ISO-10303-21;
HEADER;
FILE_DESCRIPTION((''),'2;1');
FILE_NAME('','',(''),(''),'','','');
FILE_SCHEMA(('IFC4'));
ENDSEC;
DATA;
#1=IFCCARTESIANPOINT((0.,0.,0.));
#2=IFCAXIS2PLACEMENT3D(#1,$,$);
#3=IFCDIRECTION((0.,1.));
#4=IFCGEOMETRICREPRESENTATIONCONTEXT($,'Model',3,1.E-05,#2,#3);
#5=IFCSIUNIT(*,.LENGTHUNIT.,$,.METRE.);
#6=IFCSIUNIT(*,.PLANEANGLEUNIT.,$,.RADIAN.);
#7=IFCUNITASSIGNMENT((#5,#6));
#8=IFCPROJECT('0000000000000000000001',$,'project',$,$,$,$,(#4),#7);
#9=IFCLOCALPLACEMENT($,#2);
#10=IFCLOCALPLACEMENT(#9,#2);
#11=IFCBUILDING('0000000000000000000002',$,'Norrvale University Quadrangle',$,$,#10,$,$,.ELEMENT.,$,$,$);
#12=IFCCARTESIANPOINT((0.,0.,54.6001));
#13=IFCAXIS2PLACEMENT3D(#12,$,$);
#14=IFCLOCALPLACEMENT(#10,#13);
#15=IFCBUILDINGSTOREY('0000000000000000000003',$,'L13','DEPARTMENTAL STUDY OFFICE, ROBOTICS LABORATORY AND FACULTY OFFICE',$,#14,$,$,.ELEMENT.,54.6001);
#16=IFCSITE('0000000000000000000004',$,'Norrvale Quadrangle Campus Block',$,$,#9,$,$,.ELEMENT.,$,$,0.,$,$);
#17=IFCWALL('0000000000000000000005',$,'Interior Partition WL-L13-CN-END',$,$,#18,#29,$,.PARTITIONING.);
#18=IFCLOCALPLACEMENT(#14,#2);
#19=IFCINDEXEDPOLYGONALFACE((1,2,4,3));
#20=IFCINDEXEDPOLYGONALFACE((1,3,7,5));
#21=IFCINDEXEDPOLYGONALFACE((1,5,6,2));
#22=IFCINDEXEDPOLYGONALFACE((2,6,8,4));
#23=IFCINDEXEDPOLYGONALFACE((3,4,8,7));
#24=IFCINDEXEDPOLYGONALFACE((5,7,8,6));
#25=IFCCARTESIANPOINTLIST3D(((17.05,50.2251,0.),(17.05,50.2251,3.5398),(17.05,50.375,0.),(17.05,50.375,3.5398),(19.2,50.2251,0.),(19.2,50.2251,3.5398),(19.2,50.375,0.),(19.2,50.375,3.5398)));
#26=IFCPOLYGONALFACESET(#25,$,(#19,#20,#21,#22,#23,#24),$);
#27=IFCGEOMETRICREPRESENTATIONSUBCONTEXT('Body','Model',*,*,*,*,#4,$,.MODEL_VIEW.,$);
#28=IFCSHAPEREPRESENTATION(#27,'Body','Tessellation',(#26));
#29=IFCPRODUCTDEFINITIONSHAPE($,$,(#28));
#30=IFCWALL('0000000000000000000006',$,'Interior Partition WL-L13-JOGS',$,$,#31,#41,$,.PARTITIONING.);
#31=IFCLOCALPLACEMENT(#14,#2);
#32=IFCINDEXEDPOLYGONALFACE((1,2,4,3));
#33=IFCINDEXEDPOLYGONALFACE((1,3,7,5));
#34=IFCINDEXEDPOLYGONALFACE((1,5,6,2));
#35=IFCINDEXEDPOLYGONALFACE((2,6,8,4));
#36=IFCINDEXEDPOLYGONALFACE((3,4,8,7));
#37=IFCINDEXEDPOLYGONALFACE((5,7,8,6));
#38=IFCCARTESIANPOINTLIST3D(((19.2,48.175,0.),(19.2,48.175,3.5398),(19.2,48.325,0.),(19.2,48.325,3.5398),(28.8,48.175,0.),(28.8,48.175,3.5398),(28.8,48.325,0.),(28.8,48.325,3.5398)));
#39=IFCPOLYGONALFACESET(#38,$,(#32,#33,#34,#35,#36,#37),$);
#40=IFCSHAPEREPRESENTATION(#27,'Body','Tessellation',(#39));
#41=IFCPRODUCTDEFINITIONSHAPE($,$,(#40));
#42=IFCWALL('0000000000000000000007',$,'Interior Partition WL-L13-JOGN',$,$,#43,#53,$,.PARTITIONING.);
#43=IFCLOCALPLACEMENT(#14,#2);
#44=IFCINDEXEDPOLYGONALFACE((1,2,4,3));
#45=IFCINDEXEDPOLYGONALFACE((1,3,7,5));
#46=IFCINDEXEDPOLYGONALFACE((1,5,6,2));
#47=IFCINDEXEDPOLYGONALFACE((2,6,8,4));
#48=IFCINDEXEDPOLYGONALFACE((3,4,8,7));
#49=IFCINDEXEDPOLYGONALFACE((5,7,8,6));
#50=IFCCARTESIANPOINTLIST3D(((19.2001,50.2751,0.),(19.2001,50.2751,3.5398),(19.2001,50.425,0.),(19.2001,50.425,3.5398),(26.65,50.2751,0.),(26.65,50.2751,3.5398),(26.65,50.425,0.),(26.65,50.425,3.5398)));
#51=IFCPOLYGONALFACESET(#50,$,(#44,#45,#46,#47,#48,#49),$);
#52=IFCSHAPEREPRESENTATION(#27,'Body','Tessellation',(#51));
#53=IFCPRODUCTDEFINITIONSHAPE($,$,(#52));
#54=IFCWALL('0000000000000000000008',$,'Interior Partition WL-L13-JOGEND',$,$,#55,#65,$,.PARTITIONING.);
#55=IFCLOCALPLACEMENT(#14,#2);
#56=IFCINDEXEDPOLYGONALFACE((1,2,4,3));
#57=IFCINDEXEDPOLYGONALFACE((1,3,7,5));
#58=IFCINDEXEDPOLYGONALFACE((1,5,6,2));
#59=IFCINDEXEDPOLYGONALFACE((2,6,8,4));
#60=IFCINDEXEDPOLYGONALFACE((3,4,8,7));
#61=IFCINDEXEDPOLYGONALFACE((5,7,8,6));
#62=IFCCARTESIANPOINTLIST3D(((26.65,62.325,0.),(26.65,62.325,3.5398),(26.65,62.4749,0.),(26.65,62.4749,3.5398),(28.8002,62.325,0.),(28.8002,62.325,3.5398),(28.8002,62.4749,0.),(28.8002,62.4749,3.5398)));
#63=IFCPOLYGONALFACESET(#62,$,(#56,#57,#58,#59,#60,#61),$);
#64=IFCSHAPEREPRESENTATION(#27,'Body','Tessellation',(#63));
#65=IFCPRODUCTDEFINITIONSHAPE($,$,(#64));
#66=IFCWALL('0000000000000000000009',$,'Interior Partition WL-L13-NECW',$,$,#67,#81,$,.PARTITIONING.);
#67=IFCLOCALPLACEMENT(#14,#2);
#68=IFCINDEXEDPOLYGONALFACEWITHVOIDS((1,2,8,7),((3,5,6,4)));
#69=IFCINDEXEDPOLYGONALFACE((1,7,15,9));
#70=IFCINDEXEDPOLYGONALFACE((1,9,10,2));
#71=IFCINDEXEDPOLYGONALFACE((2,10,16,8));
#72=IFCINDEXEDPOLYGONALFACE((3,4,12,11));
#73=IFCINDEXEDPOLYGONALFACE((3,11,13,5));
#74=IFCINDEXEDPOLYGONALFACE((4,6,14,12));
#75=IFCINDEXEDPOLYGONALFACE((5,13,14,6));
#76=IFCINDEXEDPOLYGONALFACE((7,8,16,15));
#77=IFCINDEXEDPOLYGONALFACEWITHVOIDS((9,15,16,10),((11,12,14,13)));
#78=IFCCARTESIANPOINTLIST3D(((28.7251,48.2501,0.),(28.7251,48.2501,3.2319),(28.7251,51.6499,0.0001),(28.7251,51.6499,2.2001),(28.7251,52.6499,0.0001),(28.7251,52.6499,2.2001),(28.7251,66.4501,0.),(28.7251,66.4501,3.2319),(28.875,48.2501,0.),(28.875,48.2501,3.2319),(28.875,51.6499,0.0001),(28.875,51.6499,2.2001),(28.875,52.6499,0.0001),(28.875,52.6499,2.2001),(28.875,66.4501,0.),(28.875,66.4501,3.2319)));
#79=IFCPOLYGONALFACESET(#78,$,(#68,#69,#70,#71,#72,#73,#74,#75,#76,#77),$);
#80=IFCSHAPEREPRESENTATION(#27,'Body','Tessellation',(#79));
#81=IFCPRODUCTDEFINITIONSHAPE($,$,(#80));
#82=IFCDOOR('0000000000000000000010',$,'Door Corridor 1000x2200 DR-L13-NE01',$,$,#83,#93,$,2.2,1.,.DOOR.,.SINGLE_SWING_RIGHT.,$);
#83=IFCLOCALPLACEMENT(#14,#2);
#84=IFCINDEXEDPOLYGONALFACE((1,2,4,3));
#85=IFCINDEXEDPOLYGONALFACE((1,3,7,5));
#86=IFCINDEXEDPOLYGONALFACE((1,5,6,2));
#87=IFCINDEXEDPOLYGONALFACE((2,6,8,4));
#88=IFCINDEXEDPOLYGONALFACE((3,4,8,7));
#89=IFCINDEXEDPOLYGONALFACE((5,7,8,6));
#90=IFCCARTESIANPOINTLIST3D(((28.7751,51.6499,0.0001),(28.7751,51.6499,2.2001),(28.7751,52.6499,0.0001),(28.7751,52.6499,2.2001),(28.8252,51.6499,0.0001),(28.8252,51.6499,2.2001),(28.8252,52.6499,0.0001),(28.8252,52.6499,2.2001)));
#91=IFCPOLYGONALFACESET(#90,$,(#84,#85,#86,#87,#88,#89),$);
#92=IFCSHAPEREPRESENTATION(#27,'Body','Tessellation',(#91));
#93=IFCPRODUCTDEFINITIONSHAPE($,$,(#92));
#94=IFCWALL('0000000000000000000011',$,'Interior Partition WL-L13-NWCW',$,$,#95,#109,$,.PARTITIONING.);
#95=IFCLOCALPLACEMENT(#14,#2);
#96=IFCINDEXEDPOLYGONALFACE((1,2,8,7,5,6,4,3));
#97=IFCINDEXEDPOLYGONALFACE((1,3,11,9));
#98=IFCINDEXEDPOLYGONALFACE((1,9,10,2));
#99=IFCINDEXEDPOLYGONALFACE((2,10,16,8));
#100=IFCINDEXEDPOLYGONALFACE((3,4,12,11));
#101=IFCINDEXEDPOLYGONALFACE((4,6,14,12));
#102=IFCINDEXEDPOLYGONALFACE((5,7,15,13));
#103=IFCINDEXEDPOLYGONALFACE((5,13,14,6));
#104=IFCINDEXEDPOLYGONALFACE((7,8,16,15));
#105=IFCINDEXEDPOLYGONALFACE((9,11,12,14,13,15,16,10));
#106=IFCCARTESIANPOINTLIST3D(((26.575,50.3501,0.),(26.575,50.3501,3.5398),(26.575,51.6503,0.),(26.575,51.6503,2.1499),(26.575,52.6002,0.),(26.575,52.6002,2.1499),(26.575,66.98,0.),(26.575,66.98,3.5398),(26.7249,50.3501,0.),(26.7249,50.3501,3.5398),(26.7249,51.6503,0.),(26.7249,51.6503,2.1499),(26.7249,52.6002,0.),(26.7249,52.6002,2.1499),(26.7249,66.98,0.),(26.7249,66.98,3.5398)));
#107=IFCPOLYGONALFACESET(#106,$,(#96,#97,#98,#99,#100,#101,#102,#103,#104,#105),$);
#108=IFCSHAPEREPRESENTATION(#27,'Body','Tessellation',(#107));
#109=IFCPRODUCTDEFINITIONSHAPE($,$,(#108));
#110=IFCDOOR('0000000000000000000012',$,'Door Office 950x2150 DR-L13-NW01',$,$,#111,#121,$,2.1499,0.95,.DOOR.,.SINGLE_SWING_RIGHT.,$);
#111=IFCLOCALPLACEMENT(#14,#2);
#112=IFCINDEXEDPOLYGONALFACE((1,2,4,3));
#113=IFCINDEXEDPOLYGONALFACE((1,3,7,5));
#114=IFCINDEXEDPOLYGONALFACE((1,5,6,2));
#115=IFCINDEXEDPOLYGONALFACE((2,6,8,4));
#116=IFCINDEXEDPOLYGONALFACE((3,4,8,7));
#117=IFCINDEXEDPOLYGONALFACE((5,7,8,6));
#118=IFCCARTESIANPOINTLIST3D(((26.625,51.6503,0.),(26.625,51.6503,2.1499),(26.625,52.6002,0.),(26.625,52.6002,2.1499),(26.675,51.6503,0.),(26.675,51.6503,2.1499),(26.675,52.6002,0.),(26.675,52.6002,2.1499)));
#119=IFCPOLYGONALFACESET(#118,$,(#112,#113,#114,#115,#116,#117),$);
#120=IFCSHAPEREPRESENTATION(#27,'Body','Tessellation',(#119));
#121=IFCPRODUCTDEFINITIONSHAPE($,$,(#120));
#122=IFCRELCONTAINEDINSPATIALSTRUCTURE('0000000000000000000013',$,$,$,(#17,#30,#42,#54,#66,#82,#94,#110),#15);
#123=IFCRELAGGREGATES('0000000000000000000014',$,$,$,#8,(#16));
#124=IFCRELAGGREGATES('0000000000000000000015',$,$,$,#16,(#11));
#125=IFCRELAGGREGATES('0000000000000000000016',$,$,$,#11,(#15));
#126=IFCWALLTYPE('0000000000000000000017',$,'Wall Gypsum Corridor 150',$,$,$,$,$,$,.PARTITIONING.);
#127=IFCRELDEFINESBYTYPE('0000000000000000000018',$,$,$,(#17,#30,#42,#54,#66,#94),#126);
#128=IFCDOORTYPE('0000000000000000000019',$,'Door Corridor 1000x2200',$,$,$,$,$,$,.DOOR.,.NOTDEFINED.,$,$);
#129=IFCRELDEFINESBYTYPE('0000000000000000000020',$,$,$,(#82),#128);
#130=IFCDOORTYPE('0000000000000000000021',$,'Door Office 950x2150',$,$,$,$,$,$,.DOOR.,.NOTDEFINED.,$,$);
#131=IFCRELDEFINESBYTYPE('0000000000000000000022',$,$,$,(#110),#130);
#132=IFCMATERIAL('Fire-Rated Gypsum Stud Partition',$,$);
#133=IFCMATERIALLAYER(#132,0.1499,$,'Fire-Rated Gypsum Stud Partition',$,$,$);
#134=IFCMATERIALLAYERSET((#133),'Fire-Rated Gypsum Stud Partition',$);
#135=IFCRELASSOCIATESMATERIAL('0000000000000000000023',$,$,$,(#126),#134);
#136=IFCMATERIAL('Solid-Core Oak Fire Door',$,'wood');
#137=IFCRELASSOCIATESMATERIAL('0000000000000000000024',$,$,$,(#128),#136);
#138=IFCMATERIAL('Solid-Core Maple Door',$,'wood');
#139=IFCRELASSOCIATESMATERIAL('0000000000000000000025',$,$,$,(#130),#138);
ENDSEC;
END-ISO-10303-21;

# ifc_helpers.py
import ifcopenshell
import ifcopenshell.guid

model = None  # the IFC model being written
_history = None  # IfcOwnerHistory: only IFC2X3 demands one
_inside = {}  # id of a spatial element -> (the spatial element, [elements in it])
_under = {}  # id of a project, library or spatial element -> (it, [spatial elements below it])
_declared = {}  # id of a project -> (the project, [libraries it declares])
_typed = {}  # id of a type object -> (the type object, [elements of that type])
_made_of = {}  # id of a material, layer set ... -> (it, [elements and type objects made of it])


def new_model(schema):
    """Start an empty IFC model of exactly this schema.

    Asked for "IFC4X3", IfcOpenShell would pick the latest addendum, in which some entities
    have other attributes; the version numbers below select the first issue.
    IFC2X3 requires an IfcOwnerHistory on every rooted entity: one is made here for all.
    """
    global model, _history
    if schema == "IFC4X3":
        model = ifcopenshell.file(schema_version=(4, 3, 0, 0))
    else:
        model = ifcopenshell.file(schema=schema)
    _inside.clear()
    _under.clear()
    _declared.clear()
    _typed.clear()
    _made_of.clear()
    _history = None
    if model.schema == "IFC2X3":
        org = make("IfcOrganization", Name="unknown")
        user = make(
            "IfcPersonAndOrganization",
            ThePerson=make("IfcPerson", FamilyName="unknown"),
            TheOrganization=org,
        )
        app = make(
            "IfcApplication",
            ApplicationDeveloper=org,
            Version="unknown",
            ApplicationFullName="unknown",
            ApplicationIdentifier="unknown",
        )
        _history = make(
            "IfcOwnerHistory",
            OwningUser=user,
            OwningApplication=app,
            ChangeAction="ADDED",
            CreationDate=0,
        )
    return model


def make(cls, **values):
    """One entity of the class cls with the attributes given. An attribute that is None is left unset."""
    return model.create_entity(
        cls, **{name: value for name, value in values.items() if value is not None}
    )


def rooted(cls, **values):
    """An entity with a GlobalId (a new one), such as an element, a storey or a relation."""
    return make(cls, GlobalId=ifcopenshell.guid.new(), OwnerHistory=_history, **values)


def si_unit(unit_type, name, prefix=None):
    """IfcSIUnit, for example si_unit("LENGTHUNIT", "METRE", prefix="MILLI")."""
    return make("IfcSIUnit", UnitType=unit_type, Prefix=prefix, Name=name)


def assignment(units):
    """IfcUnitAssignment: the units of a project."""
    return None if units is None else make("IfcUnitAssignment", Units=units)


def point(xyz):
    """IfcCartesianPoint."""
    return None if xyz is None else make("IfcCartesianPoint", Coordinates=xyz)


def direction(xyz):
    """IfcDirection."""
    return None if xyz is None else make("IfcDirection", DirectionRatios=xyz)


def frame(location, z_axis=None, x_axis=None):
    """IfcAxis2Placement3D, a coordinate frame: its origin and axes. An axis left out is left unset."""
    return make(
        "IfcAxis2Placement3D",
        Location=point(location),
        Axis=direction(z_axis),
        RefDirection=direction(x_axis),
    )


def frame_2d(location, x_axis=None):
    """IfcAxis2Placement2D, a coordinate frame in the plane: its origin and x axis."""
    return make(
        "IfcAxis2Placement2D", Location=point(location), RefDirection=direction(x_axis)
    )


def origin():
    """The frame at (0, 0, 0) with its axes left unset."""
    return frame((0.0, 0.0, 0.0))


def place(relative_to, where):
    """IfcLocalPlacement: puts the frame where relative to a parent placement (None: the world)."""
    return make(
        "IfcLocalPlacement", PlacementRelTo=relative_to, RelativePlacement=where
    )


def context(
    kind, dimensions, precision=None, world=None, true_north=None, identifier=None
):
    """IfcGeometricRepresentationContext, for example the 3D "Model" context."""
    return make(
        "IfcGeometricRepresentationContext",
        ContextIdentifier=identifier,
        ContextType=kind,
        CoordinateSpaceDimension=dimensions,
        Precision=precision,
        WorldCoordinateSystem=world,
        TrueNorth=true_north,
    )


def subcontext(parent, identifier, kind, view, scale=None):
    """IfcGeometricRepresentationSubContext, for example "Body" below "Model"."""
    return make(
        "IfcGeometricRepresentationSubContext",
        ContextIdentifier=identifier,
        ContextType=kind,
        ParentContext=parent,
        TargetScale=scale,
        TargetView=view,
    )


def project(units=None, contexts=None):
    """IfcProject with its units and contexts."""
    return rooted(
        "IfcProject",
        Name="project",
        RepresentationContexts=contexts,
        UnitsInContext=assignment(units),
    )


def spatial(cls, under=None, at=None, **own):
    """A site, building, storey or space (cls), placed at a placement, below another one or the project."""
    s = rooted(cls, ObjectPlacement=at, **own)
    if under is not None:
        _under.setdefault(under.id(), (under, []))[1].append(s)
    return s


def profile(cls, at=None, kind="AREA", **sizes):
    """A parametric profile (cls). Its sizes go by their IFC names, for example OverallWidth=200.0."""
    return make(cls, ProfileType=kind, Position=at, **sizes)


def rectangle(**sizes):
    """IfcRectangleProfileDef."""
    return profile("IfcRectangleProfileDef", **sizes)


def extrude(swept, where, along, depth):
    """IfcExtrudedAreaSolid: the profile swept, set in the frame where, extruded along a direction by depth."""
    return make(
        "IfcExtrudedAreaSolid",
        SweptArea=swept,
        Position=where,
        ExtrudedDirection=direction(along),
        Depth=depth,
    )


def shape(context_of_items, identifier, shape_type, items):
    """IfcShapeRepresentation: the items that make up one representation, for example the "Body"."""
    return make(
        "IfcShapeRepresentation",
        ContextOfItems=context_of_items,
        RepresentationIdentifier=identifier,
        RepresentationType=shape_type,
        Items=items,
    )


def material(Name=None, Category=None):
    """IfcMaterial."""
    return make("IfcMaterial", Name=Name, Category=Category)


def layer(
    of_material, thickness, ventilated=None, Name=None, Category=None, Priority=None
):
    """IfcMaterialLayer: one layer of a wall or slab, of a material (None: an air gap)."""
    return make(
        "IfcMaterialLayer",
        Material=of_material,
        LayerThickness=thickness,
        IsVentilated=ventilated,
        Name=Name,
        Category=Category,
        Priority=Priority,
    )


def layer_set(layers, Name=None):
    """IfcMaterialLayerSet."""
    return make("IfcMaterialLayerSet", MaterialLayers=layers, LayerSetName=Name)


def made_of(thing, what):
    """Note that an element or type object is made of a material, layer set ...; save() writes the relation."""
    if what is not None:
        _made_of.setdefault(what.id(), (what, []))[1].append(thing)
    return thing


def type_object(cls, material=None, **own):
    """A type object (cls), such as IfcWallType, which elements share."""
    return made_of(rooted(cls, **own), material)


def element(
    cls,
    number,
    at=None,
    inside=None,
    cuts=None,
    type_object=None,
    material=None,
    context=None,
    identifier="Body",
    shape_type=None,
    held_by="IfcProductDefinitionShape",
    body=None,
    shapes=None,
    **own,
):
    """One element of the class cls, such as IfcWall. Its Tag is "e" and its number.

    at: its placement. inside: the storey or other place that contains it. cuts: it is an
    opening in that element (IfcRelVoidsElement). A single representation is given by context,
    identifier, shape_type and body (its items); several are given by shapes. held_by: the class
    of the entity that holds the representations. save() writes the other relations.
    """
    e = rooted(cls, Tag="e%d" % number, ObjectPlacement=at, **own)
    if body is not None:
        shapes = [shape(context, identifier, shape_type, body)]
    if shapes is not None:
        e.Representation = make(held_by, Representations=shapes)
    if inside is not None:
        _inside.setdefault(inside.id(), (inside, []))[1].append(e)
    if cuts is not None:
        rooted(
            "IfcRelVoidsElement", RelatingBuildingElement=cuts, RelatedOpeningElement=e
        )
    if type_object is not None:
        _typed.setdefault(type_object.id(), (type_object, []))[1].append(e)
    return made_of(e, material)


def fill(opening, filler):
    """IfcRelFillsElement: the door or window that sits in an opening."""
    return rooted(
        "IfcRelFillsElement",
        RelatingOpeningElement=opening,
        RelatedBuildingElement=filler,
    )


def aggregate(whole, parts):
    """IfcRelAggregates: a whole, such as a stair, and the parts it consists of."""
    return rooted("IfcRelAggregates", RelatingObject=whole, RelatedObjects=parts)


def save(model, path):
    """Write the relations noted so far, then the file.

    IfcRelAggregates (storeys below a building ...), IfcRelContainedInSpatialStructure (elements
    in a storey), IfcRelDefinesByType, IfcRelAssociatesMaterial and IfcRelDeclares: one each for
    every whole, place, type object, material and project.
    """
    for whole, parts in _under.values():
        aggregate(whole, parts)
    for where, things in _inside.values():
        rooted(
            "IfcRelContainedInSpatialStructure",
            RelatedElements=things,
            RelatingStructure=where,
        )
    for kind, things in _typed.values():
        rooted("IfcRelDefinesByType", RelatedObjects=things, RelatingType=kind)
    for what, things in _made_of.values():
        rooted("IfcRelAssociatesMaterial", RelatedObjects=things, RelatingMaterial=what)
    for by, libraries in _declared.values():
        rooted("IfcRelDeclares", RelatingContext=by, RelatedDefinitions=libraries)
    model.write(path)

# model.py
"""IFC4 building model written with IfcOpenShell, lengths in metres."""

from ifc_helpers import new_model, si_unit, direction, frame, frame_2d, origin, place, context, subcontext, project, spatial, rectangle, extrude, material, layer, layer_set, type_object, element, fill, save


model = new_model("IFC4")

# Units and contexts
model_context = context("Model", 3, precision=1e-05, world=origin(), true_north=direction((0.0, 1.0)))
body_context = subcontext(model_context, "Body", "Model", "MODEL_VIEW")
ifc_project = project(units=[si_unit("LENGTHUNIT", "METRE"), si_unit("PLANEANGLEUNIT", "RADIAN")], contexts=[model_context])

# Site, building, storey
site_placement = place(None, origin())
site = spatial("IfcSite", under=ifc_project, at=site_placement, Name="Norrvale Quadrangle Campus Block", CompositionType="ELEMENT", RefElevation=0.0)
building_placement = place(site_placement, origin())
building = spatial("IfcBuilding", under=site, at=building_placement, Name="Norrvale University Quadrangle", CompositionType="ELEMENT")
storey_placement = place(building_placement, frame((0.0, 0.0, 54.6001)))
storey = spatial("IfcBuildingStorey", under=building, at=storey_placement, Name="L13", Description="DEPARTMENTAL STUDY OFFICE, ROBOTICS LABORATORY AND FACULTY OFFICE", CompositionType="ELEMENT", Elevation=54.6001)

# Walls
ifc_material_1 = material(Name="Fire-Rated Gypsum Stud Partition")
ifc_layer = layer(ifc_material_1, 0.1499, Name="Fire-Rated Gypsum Stud Partition")
ifc_layer_set = layer_set([ifc_layer], Name="Fire-Rated Gypsum Stud Partition")
wall_type = type_object("IfcWallType", Name="Wall Gypsum Corridor 150", PredefinedType="PARTITIONING", material=ifc_layer_set)
wall_1_placement = place(storey_placement, frame((17.05, 50.3, 0.0), z_axis=(0.0, 0.0, 1.0), x_axis=(1.0, 0.0, 0.0)))
element("IfcWall", 1, at=wall_1_placement, inside=storey, type_object=wall_type, Name="Interior Partition WL-L13-CN-END", PredefinedType="PARTITIONING", context=body_context, shape_type="SweptSolid", body=[
    extrude(rectangle(XDim=2.1499, YDim=0.1499, at=frame_2d((1.075, 0.0))), origin(), (0.0, 0.0, 1.0), 3.5398),
])
wall_2_placement = place(storey_placement, frame((19.2, 48.25, 0.0), z_axis=(0.0, 0.0, 1.0), x_axis=(1.0, 0.0, 0.0)))
element("IfcWall", 2, at=wall_2_placement, inside=storey, type_object=wall_type, Name="Interior Partition WL-L13-JOGS", PredefinedType="PARTITIONING", context=body_context, shape_type="SweptSolid", body=[
    extrude(rectangle(XDim=9.6001, YDim=0.1499, at=frame_2d((4.8, 0.0))), origin(), (0.0, 0.0, 1.0), 3.5398),
])
wall_3_placement = place(storey_placement, frame((19.2, 50.3501, 0.0), z_axis=(0.0, 0.0, 1.0), x_axis=(1.0, 0.0, 0.0)))
element("IfcWall", 3, at=wall_3_placement, inside=storey, type_object=wall_type, Name="Interior Partition WL-L13-JOGN", PredefinedType="PARTITIONING", context=body_context, shape_type="SweptSolid", body=[
    extrude(rectangle(XDim=7.45, YDim=0.1499, at=frame_2d((3.7251, 0.0))), origin(), (0.0, 0.0, 1.0), 3.5398),
])
wall_4_placement = place(storey_placement, frame((26.6499, 62.3999, 0.0), z_axis=(0.0, 0.0, 1.0), x_axis=(1.0, 0.0, 0.0)))
element("IfcWall", 4, at=wall_4_placement, inside=storey, type_object=wall_type, Name="Interior Partition WL-L13-JOGEND", PredefinedType="PARTITIONING", context=body_context, shape_type="SweptSolid", body=[
    extrude(rectangle(XDim=2.1501, YDim=0.1499, at=frame_2d((1.0752, 0.0))), origin(), (0.0, 0.0, 1.0), 3.5398),
])

# Walls, openings, doors
wall_5_placement = place(storey_placement, frame((28.8, 48.25, 0.0), z_axis=(0.0, 0.0, 1.0), x_axis=(0.0, 1.0, 0.0)))
wall_5 = element("IfcWall", 5, at=wall_5_placement, inside=storey, type_object=wall_type, Name="Interior Partition WL-L13-NECW", PredefinedType="PARTITIONING", context=body_context, shape_type="SweptSolid", body=[
    extrude(rectangle(XDim=18.2, YDim=0.1499, at=frame_2d((9.1001, 0.0))), origin(), (0.0, 0.0, 1.0), 3.2319),
])
opening_1_placement = place(wall_5_placement, frame((3.3999, 0.0, 0.0)))
opening_1 = element("IfcOpeningElement", 6, at=opening_1_placement, cuts=wall_5, PredefinedType="OPENING", context=body_context, shape_type="SweptSolid", body=[
    extrude(rectangle(XDim=1.0, YDim=2.2, at=frame_2d((0.5, 1.1001))), frame((0.0, 0.0869, 0.0), z_axis=(0.0, -1.0, 0.0), x_axis=(1.0, 0.0, 0.0)), (0.0, 0.0, 1.0), 0.1738),
])
ifc_material_2 = material(Name="Solid-Core Oak Fire Door", Category="wood")
door_type_1 = type_object("IfcDoorType", Name="Door Corridor 1000x2200", OperationType="NOTDEFINED", PredefinedType="DOOR", material=ifc_material_2)
door_1_placement = place(opening_1_placement, origin())
door_1 = element("IfcDoor", 7, at=door_1_placement, inside=storey, type_object=door_type_1, Name="Door Corridor 1000x2200 DR-L13-NE01", OperationType="SINGLE_SWING_RIGHT", OverallHeight=2.2, OverallWidth=1.0, PredefinedType="DOOR", context=body_context, shape_type="SweptSolid", body=[
    extrude(rectangle(XDim=1.0, YDim=2.2, at=frame_2d((0.5, 1.1001))), frame((0.0, 0.0249, 0.0), z_axis=(0.0, -1.0, 0.0), x_axis=(1.0, 0.0, 0.0)), (0.0, 0.0, 1.0), 0.05),
])
fill(opening_1, door_1)
wall_6_placement = place(storey_placement, frame((26.6499, 50.3501, 0.0), z_axis=(0.0, 0.0, 1.0), x_axis=(0.0, 1.0, 0.0)))
wall_6 = element("IfcWall", 8, at=wall_6_placement, inside=storey, type_object=wall_type, Name="Interior Partition WL-L13-NWCW", PredefinedType="PARTITIONING", context=body_context, shape_type="SweptSolid", body=[
    extrude(rectangle(XDim=16.6299, YDim=0.1499, at=frame_2d((8.3149, 0.0))), origin(), (0.0, 0.0, 1.0), 3.5398),
])
opening_2_placement = place(wall_6_placement, frame((1.3, 0.0, 0.0)))
opening_2 = element("IfcOpeningElement", 9, at=opening_2_placement, cuts=wall_6, PredefinedType="OPENING", context=body_context, shape_type="SweptSolid", body=[
    extrude(rectangle(XDim=0.95, YDim=2.1499, at=frame_2d((0.4751, 1.075))), frame((0.0, 0.0869, 0.0), z_axis=(0.0, -1.0, 0.0), x_axis=(1.0, 0.0, 0.0)), (0.0, 0.0, 1.0), 0.1738),
])
ifc_material_3 = material(Name="Solid-Core Maple Door", Category="wood")
door_type_2 = type_object("IfcDoorType", Name="Door Office 950x2150", OperationType="NOTDEFINED", PredefinedType="DOOR", material=ifc_material_3)
door_2_placement = place(opening_2_placement, origin())
door_2 = element("IfcDoor", 10, at=door_2_placement, inside=storey, type_object=door_type_2, Name="Door Office 950x2150 DR-L13-NW01", OperationType="SINGLE_SWING_RIGHT", OverallHeight=2.1499, OverallWidth=0.95, PredefinedType="DOOR", context=body_context, shape_type="SweptSolid", body=[
    extrude(rectangle(XDim=0.95, YDim=2.1499, at=frame_2d((0.4751, 1.075))), frame((0.0, 0.0249, 0.0), z_axis=(0.0, -1.0, 0.0), x_axis=(1.0, 0.0, 0.0)), (0.0, 0.0, 1.0), 0.05),
])
fill(opening_2, door_2)

save(model, "model.ifc")
